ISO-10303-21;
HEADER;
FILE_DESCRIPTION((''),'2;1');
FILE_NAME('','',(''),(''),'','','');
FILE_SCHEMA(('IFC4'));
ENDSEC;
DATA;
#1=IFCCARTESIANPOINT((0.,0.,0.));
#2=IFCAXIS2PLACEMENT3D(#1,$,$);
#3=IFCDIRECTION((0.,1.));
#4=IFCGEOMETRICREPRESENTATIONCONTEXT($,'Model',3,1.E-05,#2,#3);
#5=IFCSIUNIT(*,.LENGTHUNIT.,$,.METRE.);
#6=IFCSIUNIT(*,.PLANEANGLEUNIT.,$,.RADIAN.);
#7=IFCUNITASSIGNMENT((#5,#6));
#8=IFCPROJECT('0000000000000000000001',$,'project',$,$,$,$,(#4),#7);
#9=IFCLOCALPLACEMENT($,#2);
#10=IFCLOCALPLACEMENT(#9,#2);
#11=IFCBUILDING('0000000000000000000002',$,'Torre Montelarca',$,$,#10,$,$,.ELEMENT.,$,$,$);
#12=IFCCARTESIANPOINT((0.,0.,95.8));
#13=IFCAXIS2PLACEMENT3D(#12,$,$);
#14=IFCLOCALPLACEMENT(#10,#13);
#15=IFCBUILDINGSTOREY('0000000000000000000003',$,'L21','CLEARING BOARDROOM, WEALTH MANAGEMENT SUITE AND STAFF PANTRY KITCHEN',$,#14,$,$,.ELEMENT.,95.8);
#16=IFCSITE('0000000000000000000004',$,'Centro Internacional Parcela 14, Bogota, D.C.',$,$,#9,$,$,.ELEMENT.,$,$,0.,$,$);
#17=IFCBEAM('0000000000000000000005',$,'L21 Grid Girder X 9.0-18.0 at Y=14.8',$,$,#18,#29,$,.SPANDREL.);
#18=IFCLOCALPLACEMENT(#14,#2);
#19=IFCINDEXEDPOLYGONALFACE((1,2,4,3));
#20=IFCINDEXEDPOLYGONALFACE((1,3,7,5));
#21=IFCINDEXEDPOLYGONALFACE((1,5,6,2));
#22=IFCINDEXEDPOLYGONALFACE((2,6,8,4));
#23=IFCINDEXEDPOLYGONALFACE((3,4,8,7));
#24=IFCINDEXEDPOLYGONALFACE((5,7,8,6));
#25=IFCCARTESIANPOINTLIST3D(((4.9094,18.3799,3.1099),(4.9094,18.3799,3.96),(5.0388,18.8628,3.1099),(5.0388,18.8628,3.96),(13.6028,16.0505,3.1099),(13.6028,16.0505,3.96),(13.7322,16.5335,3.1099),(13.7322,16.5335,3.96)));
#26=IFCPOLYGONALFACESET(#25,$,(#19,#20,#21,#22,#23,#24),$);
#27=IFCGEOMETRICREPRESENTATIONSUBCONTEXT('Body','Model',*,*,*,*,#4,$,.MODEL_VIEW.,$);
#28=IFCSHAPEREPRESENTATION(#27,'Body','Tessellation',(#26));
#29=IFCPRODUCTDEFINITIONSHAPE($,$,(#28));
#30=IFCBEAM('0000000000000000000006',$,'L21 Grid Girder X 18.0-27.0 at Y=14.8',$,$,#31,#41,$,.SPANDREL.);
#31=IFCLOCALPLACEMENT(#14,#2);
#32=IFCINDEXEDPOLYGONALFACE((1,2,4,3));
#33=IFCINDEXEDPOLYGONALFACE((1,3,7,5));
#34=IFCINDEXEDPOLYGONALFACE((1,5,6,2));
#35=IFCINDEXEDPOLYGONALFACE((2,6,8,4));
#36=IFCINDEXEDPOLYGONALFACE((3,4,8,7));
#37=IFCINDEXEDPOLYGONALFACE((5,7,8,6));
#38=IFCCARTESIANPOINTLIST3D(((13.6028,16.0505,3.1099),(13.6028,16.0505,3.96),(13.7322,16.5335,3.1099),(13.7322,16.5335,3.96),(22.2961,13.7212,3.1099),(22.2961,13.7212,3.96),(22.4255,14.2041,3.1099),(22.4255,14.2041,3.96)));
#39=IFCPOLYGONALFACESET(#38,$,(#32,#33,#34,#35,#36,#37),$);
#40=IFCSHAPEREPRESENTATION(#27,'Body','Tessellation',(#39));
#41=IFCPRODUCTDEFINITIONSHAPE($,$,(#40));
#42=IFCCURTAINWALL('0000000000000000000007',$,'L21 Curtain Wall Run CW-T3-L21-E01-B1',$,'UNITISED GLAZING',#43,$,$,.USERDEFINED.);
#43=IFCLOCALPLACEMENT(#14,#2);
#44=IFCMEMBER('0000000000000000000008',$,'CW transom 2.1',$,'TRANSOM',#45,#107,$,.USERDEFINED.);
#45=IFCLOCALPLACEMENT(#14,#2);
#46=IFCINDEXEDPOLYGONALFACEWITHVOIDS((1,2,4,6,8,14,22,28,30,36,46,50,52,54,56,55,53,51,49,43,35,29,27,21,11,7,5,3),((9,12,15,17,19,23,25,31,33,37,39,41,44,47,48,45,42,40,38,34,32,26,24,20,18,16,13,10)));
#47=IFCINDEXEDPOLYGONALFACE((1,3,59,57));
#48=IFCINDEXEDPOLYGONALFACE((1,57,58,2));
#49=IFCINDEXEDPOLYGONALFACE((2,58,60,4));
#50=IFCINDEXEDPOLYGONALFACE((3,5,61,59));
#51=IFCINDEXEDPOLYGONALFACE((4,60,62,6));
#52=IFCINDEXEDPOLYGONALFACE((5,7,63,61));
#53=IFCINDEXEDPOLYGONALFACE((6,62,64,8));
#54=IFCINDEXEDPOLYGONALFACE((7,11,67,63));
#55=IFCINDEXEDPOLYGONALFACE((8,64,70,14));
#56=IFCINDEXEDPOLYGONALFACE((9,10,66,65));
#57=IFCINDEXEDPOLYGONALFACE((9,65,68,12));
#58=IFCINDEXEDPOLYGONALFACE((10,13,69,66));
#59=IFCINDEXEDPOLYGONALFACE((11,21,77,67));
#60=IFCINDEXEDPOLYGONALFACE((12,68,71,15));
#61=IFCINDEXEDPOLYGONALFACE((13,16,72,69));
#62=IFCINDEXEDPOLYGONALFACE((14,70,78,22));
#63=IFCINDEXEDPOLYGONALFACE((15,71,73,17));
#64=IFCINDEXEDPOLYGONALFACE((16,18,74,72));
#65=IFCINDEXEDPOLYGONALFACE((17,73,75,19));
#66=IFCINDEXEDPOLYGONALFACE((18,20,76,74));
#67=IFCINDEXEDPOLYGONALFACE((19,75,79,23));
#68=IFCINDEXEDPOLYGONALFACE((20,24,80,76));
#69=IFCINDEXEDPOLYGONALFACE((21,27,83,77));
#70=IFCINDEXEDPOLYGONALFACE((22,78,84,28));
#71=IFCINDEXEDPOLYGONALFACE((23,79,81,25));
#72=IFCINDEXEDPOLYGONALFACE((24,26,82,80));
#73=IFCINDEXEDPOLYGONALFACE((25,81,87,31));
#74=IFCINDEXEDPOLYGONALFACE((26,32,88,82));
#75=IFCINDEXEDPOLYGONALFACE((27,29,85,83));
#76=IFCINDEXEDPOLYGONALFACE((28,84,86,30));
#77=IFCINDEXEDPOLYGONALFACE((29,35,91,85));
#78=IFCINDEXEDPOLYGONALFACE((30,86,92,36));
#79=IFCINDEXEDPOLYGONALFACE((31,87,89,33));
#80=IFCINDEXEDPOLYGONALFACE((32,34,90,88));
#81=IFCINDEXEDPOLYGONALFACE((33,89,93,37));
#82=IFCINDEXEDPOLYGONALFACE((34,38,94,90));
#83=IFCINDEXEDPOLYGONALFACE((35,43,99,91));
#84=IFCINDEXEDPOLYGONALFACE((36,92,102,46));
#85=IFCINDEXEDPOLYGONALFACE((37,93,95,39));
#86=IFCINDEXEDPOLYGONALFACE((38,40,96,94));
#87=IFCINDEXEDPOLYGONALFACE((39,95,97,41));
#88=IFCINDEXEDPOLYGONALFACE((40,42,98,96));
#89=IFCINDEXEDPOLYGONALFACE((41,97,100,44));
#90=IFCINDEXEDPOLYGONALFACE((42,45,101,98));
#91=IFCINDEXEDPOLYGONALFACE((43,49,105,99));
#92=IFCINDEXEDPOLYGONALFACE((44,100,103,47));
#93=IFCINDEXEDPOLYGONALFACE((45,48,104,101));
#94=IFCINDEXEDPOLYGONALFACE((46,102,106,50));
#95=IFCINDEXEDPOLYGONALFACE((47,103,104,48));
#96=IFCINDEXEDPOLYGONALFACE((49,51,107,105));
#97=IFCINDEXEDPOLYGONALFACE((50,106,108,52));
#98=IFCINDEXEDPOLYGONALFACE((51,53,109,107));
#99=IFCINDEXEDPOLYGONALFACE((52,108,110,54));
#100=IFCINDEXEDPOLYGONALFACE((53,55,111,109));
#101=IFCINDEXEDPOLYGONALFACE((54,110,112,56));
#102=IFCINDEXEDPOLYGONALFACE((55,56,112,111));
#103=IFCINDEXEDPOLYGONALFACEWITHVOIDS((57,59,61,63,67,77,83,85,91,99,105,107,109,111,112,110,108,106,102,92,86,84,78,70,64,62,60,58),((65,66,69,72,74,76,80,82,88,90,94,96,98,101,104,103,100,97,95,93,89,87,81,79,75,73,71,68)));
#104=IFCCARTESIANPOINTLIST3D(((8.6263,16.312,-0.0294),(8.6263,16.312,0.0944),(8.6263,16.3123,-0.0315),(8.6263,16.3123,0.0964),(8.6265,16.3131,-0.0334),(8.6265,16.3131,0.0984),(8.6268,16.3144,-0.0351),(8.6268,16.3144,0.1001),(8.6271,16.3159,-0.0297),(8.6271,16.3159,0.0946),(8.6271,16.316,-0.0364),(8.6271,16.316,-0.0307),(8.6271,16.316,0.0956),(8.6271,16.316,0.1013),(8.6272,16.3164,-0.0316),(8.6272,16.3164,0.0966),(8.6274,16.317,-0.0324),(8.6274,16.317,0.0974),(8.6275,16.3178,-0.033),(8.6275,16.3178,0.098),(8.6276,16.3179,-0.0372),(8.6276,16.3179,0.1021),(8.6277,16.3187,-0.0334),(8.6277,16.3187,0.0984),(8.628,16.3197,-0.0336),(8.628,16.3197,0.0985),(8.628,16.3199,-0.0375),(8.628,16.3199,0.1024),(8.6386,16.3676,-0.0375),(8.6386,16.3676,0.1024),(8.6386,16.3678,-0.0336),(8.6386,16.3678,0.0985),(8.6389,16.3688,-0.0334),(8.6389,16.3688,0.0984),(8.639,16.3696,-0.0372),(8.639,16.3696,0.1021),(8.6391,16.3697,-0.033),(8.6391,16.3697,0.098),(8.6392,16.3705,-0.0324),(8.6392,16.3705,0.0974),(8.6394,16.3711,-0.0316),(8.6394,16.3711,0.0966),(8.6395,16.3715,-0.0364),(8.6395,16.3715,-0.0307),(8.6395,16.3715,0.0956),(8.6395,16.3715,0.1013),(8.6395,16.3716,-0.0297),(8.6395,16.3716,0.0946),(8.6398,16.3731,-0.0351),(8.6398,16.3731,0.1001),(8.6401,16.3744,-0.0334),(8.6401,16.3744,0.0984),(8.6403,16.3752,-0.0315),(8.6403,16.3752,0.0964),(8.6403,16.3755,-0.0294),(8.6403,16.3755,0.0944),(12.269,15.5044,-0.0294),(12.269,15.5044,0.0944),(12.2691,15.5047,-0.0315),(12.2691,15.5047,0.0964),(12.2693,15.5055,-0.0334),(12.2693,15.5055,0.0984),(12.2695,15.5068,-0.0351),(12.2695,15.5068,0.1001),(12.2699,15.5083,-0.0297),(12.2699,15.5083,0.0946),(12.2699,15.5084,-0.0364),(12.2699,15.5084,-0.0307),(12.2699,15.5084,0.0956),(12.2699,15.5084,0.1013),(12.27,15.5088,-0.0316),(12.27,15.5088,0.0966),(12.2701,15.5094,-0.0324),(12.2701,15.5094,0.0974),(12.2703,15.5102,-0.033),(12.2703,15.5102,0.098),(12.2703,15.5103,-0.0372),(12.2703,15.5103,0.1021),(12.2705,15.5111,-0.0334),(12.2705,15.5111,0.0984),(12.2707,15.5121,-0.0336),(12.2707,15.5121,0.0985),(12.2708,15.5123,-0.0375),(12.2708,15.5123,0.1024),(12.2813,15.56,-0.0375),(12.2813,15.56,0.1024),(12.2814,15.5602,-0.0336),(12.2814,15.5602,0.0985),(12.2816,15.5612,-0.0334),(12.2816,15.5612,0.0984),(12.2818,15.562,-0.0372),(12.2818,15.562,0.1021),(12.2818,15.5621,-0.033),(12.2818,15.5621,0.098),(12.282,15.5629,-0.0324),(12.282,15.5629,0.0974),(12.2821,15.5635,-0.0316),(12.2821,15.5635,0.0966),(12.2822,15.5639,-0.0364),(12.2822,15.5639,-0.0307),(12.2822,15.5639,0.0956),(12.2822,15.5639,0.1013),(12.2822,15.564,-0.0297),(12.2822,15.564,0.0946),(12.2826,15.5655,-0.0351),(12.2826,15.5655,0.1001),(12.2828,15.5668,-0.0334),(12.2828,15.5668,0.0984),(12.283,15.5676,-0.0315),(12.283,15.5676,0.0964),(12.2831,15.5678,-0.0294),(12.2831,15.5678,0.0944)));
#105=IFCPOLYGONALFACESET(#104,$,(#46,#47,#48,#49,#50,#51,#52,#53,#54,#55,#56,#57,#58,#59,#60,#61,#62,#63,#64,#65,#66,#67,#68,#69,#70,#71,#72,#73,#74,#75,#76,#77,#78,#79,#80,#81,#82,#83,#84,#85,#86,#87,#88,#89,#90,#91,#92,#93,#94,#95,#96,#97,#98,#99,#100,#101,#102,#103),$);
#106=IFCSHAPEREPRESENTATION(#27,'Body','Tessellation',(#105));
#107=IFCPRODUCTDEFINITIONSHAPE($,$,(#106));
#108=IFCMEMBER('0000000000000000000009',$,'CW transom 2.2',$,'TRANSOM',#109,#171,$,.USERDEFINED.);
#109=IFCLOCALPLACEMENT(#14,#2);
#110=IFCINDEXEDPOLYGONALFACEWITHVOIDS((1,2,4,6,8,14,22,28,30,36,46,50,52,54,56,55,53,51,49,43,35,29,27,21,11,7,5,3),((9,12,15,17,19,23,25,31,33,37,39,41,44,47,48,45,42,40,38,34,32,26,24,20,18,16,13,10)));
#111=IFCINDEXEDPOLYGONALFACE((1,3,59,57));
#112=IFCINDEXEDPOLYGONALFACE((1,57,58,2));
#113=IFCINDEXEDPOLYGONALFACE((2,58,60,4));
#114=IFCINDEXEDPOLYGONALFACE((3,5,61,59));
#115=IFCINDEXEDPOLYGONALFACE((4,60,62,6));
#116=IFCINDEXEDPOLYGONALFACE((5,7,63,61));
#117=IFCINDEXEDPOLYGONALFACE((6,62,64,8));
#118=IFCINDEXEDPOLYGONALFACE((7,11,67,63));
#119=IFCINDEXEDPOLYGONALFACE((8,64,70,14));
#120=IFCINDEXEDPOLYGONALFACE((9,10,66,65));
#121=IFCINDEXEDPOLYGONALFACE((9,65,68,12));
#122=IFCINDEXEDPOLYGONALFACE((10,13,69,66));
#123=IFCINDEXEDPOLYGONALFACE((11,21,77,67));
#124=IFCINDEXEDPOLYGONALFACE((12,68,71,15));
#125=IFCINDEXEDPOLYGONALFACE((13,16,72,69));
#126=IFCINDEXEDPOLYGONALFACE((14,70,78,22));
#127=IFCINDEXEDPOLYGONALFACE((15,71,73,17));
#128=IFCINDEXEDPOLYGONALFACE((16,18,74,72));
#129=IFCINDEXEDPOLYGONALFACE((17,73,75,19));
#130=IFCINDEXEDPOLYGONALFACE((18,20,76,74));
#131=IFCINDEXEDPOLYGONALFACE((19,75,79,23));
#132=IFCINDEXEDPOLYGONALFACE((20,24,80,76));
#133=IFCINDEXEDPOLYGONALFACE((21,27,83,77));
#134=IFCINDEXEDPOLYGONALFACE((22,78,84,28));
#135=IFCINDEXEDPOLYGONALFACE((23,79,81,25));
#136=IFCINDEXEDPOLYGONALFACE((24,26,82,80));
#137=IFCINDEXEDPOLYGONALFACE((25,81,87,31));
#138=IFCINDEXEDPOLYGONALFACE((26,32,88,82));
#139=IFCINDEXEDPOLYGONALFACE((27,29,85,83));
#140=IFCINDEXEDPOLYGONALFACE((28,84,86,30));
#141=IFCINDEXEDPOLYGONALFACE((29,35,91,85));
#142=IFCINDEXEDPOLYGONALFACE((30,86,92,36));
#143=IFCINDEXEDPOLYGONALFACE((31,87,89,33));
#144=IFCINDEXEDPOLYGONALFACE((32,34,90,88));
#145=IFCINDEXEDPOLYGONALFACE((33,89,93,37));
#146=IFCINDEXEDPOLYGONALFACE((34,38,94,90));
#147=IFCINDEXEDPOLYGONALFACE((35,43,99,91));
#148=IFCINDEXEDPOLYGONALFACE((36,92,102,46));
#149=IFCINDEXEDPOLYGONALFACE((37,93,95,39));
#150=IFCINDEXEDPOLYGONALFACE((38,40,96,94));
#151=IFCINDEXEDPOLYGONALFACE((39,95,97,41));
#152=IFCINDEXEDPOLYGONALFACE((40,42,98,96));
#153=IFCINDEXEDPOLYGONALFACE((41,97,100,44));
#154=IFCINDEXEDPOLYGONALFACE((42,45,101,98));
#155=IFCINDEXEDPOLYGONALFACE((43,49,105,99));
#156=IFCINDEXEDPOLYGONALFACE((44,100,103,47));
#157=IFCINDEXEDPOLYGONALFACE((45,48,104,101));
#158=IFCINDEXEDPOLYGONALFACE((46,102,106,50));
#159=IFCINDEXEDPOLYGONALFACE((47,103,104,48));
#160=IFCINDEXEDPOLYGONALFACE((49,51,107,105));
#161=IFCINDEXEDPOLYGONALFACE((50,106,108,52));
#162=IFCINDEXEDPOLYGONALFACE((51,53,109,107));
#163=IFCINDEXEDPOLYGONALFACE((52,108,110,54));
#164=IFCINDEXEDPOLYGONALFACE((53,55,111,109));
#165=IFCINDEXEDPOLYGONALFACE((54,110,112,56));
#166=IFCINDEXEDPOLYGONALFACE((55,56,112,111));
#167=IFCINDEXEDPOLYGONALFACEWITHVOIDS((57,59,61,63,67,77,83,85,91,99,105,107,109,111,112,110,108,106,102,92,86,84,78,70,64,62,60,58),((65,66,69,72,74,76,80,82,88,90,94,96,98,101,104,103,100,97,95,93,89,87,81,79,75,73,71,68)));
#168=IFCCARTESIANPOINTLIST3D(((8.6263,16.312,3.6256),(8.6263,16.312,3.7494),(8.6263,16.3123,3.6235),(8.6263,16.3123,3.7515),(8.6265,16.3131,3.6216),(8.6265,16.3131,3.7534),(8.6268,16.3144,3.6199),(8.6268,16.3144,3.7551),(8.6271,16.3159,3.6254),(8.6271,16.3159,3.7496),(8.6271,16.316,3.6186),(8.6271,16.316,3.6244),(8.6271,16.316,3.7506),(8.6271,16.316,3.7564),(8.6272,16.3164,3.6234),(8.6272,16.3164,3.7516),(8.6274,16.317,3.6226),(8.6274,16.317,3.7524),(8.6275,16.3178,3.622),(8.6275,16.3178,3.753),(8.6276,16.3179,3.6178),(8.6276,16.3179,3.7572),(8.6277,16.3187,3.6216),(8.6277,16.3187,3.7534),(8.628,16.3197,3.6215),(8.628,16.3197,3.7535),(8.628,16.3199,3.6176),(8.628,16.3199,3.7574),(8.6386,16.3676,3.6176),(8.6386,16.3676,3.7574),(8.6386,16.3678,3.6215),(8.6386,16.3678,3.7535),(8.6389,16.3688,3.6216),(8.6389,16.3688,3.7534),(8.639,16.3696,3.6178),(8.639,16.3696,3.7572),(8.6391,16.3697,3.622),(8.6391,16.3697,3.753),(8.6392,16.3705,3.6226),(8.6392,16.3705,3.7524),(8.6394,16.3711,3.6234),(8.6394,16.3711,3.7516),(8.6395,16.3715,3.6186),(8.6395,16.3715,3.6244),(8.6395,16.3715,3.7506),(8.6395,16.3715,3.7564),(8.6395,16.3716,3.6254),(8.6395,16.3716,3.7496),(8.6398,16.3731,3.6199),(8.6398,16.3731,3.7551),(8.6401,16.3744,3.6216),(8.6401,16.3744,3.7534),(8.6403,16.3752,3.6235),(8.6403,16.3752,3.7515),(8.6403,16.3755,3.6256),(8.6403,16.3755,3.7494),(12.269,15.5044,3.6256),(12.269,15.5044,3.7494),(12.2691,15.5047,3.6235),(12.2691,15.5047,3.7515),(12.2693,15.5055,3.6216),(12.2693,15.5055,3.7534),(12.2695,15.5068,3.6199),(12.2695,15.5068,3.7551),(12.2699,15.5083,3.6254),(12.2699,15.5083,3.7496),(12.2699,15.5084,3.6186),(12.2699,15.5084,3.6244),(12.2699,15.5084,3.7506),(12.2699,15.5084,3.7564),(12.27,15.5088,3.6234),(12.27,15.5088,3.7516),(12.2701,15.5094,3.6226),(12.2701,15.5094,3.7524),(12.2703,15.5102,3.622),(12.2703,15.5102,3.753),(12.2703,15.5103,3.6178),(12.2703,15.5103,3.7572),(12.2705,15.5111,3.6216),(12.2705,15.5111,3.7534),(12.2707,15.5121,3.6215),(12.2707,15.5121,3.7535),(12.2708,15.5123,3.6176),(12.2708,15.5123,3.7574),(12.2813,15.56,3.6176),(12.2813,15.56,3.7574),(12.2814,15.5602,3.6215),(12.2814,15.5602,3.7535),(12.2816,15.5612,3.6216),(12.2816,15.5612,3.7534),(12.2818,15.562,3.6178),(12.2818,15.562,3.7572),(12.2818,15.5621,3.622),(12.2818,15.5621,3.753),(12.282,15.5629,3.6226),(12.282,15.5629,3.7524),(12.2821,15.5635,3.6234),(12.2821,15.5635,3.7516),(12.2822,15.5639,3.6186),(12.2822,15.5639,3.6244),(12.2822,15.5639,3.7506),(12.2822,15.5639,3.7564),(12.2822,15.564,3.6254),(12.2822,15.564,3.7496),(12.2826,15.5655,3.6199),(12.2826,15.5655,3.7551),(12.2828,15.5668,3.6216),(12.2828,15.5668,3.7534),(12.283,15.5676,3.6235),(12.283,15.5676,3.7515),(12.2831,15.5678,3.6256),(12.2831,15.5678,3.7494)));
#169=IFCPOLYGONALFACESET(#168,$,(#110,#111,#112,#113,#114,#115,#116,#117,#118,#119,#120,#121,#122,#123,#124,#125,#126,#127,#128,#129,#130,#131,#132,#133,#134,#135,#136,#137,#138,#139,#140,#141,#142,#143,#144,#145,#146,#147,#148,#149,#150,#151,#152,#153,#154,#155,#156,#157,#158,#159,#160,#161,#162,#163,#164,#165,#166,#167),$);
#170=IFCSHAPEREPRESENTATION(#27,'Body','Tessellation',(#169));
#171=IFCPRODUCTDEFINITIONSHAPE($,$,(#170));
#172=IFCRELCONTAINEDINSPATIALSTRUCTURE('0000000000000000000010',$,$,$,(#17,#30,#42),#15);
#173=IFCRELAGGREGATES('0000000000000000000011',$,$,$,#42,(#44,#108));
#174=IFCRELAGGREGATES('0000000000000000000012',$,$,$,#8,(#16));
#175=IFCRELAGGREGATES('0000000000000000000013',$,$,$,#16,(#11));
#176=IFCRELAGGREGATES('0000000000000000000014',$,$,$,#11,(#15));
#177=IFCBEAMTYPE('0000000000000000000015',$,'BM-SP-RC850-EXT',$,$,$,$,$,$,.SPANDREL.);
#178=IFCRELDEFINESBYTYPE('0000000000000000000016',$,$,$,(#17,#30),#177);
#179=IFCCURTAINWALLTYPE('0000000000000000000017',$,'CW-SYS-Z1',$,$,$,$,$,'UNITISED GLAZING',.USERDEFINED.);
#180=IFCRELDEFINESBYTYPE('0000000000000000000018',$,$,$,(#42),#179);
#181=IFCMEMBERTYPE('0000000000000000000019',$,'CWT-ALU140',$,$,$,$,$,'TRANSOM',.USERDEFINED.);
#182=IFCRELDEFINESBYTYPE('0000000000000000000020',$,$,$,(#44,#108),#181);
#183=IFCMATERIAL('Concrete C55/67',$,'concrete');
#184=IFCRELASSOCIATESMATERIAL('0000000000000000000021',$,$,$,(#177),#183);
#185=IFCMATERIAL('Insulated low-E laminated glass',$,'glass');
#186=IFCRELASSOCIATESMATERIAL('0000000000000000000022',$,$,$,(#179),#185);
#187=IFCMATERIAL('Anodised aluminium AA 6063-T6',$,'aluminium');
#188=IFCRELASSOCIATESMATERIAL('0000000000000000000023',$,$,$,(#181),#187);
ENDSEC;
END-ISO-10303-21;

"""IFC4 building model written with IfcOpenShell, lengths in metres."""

from ifc_helpers import new_model, si_unit, direction, frame, origin, origin_2d, place, context, subcontext, project, spatial, rectangle, hollow_rectangle, extrude, source, transform, mapped, material, material_profile, profile_set, type_object, element, aggregate, save


model = new_model("IFC4")

# Units and contexts
model_context = context("Model", 3, precision=1e-05, world=origin(), true_north=direction((0.0, 1.0)))
body_context = subcontext(model_context, "Body", "Model", "MODEL_VIEW")
ifc_project = project(units=[si_unit("LENGTHUNIT", "METRE"), si_unit("PLANEANGLEUNIT", "RADIAN")], contexts=[model_context])

# Site, building, storey
site_placement = place(None, origin())
site = spatial("IfcSite", under=ifc_project, at=site_placement, Name="Centro Internacional Parcela 14, Bogota, D.C.", CompositionType="ELEMENT", RefElevation=0.0)
building_placement = place(site_placement, origin())
building = spatial("IfcBuilding", under=site, at=building_placement, Name="Torre Montelarca", CompositionType="ELEMENT")
storey_placement = place(building_placement, frame((0.0, 0.0, 95.8)))
storey = spatial("IfcBuildingStorey", under=building, at=storey_placement, Name="L21", Description="CLEARING BOARDROOM, WEALTH MANAGEMENT SUITE AND STAFF PANTRY KITCHEN", CompositionType="ELEMENT", Elevation=95.8)

# Beams
ifc_material_1 = material(Name="Concrete C55/67", Category="concrete")
ifc_material_profile_1 = material_profile(ifc_material_1, rectangle(XDim=0.5, YDim=0.8501, at=origin_2d()), Name="RCB500X850", Category="concrete")
ifc_profile_set_1 = profile_set([ifc_material_profile_1], Name="Concrete C55/67")
beam_type = type_object("IfcBeamType", Name="BM-SP-RC850-EXT", PredefinedType="SPANDREL", material=ifc_profile_set_1)
shared_shape_1 = source(origin(), body_context, "Body", "SweptSolid", [
    extrude(rectangle(XDim=0.5, YDim=0.8501, at=origin_2d()), origin(), (0.0, 0.0, 1.0), 9.0),
])
for number, where, z_axis, x_axis, name in (
    (1, (4.9741, 18.6213, 3.5349), (0.965927, -0.258816, 0.0), (0.258816, 0.965927, 0.0), "L21 Grid Girder X 9.0-18.0 at Y=14.8"),
    (2, (13.6675, 16.292, 3.5349), (0.965927, -0.258816, 0.0), (0.258816, 0.965927, 0.0), "L21 Grid Girder X 18.0-27.0 at Y=14.8"),
):
    element("IfcBeam", number, at=place(storey_placement, frame(where, z_axis=z_axis, x_axis=x_axis)), inside=storey, type_object=beam_type, Name=name, PredefinedType="SPANDREL", context=body_context, shape_type="MappedRepresentation", body=[
        mapped(shared_shape_1, transform((0.0, 0.0, 0.0), scale=1.0)),
    ])

# Curtain wall, members
ifc_material_2 = material(Name="Insulated low-E laminated glass", Category="glass")
curtain_wall_type = type_object("IfcCurtainWallType", Name="CW-SYS-Z1", ElementType="UNITISED GLAZING", PredefinedType="USERDEFINED", material=ifc_material_2)
curtain_wall_1_placement = place(storey_placement, origin())
curtain_wall_1 = element("IfcCurtainWall", 3, at=curtain_wall_1_placement, inside=storey, type_object=curtain_wall_type, Name="L21 Curtain Wall Run CW-T3-L21-E01-B1", ObjectType="UNITISED GLAZING", PredefinedType="USERDEFINED")
ifc_material_3 = material(Name="Anodised aluminium AA 6063-T6", Category="aluminium")
ifc_material_profile_2 = material_profile(ifc_material_3, hollow_rectangle(XDim=0.0649, YDim=0.1399, WallThickness=0.0039, InnerFilletRadius=0.0039, OuterFilletRadius=0.0081, at=origin_2d()), Name="ALU65X140X4", Category="aluminium")
ifc_profile_set_2 = profile_set([ifc_material_profile_2], Name="Anodised aluminium AA 6063-T6")
member_type_1 = type_object("IfcMemberType", Name="CWT-ALU140", ElementType="TRANSOM", PredefinedType="USERDEFINED", material=ifc_profile_set_2)
shared_shape_2 = source(origin(), body_context, "Body", "SweptSolid", [
    extrude(hollow_rectangle(XDim=0.0649, YDim=0.1399, WallThickness=0.0039, InnerFilletRadius=0.0039, OuterFilletRadius=0.0081, at=origin_2d()), origin(), (0.0, 0.0, 1.0), 3.7312),
])
member_1_placement = place(storey_placement, frame((8.6333, 16.3438, 0.0325), z_axis=(0.976295, -0.216445, 0.0), x_axis=(0.216445, 0.976295, 0.0)))
member_1 = element("IfcMember", 4, at=member_1_placement, type_object=member_type_1, Name="CW transom 2.1", ObjectType="TRANSOM", PredefinedType="USERDEFINED", context=body_context, shape_type="MappedRepresentation", body=[
    mapped(shared_shape_2, transform((0.0, 0.0, 0.0), scale=1.0)),
])
member_2_placement = place(storey_placement, frame((8.6333, 16.3438, 3.6875), z_axis=(0.976295, -0.216445, 0.0), x_axis=(0.216445, 0.976295, 0.0)))
member_2 = element("IfcMember", 5, at=member_2_placement, type_object=member_type_1, Name="CW transom 2.2", ObjectType="TRANSOM", PredefinedType="USERDEFINED", context=body_context, shape_type="MappedRepresentation", body=[
    mapped(shared_shape_2, transform((0.0, 0.0, 0.0), scale=1.0)),
])

aggregate(curtain_wall_1, [member_1, member_2])

save(model, "model.ifc")
